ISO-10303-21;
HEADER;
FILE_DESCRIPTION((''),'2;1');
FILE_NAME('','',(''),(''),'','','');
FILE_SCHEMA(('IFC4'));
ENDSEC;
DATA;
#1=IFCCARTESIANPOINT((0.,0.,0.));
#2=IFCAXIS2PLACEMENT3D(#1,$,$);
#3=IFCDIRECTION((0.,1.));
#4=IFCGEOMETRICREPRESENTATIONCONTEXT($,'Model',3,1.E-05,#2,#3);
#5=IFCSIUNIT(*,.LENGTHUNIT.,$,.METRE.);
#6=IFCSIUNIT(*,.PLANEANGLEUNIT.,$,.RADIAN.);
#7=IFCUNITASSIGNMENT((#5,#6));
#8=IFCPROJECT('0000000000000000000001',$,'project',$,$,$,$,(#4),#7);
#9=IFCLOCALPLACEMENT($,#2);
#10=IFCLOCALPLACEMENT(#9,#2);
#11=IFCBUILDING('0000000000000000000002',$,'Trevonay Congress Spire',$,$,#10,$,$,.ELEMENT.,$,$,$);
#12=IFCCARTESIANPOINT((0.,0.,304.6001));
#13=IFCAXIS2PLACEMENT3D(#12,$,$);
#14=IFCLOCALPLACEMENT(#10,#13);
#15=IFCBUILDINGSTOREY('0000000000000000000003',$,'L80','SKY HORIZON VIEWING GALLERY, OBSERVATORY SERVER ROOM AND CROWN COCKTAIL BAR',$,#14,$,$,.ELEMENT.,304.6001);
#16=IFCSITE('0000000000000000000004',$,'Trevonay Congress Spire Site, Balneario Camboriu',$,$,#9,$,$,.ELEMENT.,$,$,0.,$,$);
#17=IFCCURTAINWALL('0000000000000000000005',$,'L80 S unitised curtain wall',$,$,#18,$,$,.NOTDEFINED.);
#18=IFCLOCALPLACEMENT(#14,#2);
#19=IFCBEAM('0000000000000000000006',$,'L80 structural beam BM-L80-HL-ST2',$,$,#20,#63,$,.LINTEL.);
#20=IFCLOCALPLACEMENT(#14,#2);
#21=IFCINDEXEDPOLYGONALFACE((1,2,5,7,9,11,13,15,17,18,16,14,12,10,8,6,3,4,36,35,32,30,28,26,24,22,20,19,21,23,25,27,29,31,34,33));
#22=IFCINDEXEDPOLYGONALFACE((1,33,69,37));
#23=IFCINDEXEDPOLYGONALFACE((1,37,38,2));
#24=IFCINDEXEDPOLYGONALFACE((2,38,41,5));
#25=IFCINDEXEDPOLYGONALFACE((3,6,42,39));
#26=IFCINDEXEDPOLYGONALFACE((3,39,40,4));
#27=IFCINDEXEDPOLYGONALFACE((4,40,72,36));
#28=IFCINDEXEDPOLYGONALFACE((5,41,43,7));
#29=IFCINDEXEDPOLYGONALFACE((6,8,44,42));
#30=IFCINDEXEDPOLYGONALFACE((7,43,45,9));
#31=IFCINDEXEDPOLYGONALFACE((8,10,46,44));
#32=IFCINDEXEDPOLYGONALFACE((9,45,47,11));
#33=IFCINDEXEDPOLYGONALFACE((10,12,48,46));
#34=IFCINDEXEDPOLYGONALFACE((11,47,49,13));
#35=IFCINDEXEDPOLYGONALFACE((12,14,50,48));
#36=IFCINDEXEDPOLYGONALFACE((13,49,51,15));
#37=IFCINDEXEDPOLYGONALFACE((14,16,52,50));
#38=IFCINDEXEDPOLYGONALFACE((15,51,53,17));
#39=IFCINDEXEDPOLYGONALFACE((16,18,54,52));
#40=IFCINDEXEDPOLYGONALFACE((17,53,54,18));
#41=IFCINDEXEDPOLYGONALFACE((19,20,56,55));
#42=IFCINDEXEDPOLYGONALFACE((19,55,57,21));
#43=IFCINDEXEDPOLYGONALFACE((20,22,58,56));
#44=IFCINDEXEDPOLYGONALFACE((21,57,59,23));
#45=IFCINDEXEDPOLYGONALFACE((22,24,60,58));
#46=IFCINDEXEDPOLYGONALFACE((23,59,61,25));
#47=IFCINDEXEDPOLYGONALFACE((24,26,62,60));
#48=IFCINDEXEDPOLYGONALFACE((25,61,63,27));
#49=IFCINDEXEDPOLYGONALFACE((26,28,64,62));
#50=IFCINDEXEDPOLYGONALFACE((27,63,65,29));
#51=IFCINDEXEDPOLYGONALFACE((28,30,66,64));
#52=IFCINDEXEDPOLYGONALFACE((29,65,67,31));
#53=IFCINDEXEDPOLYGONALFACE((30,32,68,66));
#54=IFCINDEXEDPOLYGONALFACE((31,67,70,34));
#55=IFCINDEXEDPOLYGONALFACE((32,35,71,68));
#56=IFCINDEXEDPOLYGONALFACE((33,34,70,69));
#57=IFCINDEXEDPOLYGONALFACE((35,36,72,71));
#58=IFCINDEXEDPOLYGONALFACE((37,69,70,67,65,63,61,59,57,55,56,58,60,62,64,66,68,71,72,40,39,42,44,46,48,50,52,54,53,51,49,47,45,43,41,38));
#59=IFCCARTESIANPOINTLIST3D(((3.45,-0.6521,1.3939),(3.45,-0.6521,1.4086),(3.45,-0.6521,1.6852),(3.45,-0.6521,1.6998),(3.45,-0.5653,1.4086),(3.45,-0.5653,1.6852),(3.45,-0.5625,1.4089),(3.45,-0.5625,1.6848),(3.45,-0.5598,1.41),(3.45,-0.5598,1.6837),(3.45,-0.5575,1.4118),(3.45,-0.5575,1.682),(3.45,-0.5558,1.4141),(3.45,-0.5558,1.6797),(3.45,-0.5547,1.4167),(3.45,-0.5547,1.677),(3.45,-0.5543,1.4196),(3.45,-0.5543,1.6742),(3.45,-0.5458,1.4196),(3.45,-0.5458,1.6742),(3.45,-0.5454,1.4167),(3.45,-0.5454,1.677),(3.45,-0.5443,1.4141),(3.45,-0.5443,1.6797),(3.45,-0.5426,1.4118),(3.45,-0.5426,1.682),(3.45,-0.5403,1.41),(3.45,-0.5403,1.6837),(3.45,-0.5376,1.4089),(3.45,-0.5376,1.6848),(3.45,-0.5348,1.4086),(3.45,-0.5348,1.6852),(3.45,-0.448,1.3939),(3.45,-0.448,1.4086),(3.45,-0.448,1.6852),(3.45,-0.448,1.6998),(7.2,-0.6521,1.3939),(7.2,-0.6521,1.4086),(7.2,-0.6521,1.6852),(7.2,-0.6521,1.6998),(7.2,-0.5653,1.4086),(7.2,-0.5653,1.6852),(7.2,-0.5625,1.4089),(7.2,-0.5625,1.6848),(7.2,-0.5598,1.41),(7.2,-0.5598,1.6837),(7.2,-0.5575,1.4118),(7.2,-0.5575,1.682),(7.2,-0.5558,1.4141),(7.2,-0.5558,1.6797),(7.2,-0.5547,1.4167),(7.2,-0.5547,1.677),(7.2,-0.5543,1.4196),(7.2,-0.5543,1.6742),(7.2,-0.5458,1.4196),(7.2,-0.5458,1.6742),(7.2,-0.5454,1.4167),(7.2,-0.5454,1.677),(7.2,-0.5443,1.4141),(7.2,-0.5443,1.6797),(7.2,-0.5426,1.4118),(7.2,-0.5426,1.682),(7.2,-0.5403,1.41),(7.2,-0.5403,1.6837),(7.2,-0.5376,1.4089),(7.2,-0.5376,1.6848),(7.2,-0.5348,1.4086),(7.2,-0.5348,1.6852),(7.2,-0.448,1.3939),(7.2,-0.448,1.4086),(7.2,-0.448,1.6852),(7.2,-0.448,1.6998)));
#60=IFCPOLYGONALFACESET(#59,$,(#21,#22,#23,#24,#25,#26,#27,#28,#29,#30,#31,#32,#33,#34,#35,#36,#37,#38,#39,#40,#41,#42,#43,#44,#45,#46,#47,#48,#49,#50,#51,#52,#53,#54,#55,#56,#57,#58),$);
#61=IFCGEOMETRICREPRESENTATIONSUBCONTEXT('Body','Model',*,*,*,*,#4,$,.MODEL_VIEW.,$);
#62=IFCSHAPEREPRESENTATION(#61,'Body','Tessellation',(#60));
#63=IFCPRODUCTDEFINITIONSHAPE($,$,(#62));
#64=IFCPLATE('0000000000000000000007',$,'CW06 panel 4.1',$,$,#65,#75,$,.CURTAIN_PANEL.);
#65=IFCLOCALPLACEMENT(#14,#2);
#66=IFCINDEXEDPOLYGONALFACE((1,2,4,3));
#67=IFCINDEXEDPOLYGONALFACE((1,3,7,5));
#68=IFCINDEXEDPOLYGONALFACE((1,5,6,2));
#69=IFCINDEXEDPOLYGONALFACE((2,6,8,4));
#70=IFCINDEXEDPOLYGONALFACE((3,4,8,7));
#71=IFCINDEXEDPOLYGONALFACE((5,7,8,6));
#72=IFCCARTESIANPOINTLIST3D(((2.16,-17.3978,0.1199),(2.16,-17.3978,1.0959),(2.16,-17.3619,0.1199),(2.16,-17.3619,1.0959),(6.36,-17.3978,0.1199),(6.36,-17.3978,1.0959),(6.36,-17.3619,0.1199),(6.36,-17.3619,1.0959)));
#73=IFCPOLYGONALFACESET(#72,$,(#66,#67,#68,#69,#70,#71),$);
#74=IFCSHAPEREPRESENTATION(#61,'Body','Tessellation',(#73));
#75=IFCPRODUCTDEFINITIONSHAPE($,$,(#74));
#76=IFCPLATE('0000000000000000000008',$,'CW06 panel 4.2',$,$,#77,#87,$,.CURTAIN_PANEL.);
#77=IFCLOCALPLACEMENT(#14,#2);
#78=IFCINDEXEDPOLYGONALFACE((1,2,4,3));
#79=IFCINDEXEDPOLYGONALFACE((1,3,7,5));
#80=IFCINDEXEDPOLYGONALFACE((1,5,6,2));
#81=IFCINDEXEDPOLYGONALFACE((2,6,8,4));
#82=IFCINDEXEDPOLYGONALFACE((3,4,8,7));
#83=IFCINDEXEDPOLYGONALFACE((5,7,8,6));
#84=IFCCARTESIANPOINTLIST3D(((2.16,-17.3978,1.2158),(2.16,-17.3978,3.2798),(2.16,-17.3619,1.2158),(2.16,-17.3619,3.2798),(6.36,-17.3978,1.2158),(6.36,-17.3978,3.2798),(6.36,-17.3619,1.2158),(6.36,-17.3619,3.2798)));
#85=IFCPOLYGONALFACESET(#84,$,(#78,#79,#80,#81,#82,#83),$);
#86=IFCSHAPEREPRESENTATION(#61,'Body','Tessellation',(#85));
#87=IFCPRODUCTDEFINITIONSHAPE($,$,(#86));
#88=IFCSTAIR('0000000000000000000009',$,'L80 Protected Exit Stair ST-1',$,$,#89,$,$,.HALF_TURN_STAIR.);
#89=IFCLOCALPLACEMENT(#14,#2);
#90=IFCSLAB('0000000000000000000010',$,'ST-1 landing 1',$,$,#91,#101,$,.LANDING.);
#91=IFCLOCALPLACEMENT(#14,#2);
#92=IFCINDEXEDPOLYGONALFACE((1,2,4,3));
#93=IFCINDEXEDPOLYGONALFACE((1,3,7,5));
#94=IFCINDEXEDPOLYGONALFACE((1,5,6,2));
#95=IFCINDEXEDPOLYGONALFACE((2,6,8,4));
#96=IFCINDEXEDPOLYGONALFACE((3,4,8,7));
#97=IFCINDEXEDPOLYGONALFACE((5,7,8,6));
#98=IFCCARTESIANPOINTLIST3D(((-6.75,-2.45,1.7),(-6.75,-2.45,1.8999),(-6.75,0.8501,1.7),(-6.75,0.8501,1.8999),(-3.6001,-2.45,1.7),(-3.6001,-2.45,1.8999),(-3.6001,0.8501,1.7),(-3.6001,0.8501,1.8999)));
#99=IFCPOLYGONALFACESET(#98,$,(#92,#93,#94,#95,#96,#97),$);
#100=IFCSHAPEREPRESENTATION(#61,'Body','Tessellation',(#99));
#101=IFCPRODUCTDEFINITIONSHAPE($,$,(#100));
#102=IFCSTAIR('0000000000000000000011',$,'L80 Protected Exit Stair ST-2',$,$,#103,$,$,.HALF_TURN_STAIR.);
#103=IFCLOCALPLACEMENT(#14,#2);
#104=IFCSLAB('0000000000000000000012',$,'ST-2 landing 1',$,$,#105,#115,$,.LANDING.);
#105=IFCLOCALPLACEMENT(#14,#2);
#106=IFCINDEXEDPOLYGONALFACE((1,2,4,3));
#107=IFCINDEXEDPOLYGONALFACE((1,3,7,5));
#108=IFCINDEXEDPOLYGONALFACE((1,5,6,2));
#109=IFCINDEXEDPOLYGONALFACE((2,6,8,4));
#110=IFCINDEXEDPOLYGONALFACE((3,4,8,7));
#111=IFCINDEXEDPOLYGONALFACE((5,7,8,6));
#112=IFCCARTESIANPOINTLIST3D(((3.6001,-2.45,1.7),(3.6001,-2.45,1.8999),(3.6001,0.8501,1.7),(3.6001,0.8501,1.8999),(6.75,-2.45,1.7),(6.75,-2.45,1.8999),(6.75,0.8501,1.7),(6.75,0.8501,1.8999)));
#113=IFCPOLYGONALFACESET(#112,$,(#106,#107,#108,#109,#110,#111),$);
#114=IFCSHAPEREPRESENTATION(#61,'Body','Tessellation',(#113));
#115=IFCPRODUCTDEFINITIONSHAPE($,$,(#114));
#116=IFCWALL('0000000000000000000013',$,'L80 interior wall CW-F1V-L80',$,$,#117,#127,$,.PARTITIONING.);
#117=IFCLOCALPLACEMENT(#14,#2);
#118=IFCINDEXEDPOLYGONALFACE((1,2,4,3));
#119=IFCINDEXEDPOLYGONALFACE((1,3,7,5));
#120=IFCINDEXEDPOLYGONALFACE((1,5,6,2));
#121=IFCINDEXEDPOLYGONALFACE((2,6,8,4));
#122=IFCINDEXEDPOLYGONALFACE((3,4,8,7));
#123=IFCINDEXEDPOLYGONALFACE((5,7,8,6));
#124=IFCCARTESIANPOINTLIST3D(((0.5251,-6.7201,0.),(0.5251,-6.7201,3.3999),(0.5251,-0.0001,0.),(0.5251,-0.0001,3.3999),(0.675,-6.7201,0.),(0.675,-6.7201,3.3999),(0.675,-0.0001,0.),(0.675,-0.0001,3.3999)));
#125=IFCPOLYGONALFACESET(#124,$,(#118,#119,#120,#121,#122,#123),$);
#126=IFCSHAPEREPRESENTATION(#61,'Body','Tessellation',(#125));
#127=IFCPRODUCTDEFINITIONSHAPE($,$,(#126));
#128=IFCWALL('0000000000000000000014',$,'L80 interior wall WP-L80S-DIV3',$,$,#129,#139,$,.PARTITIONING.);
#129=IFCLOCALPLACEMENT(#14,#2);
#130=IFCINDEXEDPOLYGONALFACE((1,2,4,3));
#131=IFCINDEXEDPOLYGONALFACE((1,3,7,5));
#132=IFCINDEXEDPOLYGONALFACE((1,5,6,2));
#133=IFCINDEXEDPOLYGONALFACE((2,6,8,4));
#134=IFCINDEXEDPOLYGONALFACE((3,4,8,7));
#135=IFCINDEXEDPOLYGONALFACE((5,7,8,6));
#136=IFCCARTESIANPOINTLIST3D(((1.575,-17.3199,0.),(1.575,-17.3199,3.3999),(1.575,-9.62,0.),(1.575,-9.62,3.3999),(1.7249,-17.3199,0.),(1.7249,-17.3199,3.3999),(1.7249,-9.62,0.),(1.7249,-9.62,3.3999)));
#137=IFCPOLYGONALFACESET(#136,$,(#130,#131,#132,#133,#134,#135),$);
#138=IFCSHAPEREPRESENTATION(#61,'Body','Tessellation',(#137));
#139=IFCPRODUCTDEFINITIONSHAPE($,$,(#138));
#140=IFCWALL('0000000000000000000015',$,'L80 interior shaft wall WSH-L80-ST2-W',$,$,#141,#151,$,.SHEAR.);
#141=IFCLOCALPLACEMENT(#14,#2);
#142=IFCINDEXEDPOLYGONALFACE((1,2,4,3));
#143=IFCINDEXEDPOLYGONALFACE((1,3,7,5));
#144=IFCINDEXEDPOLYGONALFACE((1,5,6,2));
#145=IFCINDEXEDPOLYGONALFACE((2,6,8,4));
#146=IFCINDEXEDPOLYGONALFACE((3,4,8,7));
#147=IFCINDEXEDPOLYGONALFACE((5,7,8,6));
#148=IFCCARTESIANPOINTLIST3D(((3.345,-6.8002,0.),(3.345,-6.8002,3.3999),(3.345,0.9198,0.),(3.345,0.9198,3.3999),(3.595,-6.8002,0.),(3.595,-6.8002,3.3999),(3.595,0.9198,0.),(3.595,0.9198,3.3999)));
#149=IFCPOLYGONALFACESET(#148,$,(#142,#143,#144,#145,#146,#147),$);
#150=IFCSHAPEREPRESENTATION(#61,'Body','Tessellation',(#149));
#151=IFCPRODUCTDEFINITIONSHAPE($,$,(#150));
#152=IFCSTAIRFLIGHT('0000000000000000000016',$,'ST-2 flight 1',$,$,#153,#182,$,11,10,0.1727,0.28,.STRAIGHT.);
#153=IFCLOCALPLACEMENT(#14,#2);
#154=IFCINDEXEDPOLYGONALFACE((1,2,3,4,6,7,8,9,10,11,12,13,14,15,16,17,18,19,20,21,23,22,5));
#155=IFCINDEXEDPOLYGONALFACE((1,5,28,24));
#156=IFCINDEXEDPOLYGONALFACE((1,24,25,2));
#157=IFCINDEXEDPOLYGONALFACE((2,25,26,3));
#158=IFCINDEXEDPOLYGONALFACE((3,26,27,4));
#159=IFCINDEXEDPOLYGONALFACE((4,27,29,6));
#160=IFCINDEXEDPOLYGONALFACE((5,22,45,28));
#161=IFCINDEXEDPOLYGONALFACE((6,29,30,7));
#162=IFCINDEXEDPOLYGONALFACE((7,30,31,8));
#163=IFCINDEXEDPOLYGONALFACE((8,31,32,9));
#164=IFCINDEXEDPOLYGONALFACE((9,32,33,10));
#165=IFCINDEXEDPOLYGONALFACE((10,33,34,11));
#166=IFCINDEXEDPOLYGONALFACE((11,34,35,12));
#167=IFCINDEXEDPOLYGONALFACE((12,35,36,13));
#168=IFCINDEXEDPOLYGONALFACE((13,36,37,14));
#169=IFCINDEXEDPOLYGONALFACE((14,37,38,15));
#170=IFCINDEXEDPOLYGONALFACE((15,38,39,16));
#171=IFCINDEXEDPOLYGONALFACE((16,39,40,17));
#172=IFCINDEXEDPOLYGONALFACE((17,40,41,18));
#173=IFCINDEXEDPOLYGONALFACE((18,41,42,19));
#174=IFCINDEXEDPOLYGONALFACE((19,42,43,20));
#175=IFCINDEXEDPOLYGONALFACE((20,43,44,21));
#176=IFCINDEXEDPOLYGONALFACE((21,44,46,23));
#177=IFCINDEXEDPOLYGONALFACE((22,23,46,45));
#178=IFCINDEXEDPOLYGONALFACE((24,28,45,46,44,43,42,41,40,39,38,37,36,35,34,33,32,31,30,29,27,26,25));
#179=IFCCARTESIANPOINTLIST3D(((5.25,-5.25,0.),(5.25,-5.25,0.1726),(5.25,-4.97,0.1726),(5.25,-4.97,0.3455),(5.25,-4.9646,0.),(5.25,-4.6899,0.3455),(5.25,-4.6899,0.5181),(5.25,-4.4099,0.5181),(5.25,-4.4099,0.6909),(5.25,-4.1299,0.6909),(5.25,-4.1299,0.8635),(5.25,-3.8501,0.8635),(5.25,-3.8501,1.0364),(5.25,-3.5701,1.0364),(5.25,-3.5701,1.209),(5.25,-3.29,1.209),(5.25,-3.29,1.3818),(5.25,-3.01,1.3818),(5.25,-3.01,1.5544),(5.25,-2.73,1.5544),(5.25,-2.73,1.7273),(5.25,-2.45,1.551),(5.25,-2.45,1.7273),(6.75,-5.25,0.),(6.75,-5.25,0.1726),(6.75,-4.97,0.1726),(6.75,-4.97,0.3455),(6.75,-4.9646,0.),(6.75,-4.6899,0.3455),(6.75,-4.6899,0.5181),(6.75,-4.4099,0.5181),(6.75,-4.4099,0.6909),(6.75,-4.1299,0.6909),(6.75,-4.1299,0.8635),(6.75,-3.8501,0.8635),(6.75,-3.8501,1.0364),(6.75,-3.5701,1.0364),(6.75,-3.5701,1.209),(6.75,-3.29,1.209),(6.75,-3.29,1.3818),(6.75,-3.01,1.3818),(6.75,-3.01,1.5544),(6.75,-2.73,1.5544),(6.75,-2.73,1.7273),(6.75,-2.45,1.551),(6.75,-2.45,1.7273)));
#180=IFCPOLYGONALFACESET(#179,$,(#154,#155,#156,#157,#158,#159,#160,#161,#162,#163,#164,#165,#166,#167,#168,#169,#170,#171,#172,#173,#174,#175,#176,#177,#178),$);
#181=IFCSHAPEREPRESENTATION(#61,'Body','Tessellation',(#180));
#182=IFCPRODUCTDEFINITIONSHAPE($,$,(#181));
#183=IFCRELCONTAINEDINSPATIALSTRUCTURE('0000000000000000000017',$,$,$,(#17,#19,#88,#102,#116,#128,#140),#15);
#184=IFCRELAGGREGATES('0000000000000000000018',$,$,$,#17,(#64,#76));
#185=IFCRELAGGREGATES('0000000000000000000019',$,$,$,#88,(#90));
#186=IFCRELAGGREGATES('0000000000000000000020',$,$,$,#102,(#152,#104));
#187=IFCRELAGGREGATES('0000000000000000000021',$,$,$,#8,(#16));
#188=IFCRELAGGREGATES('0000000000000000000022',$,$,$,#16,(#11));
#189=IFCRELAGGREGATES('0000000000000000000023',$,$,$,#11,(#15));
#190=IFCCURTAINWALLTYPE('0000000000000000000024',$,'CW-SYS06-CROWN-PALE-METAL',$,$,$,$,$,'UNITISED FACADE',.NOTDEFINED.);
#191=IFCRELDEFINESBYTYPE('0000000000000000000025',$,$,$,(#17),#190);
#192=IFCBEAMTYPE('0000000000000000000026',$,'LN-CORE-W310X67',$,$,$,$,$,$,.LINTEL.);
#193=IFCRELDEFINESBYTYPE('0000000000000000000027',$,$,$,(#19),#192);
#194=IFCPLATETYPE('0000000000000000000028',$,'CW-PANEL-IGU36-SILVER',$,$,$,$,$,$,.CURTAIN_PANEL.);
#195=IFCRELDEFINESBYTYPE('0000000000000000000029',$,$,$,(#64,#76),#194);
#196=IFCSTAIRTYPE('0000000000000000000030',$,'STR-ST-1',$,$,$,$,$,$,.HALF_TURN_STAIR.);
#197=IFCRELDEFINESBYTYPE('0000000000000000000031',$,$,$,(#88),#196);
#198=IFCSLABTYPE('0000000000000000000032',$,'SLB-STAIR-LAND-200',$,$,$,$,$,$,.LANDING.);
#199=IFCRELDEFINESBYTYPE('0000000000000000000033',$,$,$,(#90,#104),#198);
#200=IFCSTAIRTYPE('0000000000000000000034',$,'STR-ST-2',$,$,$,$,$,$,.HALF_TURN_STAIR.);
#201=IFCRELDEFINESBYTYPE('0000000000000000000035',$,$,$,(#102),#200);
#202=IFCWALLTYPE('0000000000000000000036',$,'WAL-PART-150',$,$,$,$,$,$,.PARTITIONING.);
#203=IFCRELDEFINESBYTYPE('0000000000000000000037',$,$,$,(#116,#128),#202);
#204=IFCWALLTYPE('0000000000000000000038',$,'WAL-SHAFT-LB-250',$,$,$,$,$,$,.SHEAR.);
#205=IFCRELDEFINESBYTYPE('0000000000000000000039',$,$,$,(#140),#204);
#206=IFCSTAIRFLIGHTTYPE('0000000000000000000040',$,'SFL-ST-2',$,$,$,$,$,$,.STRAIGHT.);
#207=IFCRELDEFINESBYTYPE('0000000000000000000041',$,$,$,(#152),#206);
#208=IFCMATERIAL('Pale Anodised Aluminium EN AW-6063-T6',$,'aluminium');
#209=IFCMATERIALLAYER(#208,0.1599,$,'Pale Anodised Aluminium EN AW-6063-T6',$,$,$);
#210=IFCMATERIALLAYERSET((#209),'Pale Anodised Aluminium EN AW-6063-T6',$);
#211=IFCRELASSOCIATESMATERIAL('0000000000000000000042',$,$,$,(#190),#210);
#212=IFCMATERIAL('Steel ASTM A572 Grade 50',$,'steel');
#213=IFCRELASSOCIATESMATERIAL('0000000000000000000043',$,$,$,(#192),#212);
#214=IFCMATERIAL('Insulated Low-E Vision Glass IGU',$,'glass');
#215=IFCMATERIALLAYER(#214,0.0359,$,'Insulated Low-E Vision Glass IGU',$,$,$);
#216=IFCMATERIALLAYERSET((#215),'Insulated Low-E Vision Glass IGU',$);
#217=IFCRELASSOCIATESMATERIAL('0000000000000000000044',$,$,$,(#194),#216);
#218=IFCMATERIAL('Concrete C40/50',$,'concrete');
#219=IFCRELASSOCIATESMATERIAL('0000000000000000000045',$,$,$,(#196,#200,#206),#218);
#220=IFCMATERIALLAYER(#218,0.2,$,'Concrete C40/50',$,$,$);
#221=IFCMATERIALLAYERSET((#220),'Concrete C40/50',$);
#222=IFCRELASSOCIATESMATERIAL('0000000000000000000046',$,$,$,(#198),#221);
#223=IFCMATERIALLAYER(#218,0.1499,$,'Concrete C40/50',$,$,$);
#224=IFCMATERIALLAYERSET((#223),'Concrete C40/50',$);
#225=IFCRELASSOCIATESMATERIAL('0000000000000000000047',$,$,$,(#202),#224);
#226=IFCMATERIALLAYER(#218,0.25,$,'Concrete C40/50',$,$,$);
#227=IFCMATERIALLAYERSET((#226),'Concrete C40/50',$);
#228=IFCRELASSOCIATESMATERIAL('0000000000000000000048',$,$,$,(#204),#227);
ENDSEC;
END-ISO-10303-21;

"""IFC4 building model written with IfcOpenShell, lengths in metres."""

from ifc_helpers import new_model, si_unit, direction, frame, frame_2d, origin, origin_2d, place, context, subcontext, project, spatial, polyline, rectangle, i_section, outline, extrude, material, layer, layer_set, material_profile, profile_set, type_object, element, aggregate, save


model = new_model("IFC4")

# Units and contexts
model_context = context("Model", 3, precision=1e-05, world=origin(), true_north=direction((0.0, 1.0)))
body_context = subcontext(model_context, "Body", "Model", "MODEL_VIEW")
ifc_project = project(units=[si_unit("LENGTHUNIT", "METRE"), si_unit("PLANEANGLEUNIT", "RADIAN")], contexts=[model_context])

# Site, building, storey
site_placement = place(None, origin())
site = spatial("IfcSite", under=ifc_project, at=site_placement, Name="Trevonay Congress Spire Site, Balneario Camboriu", CompositionType="ELEMENT", RefElevation=0.0)
building_placement = place(site_placement, origin())
building = spatial("IfcBuilding", under=site, at=building_placement, Name="Trevonay Congress Spire", CompositionType="ELEMENT")
storey_placement = place(building_placement, frame((0.0, 0.0, 304.6001)))
storey = spatial("IfcBuildingStorey", under=building, at=storey_placement, Name="L80", Description="SKY HORIZON VIEWING GALLERY, OBSERVATORY SERVER ROOM AND CROWN COCKTAIL BAR", CompositionType="ELEMENT", Elevation=304.6001)

# Shared definitions
ifc_material_1 = material(Name="Steel ASTM A572 Grade 50", Category="steel")

# Curtain wall
ifc_material_2 = material(Name="Pale Anodised Aluminium EN AW-6063-T6", Category="aluminium")
ifc_layer_1 = layer(ifc_material_2, 0.1599, Name="Pale Anodised Aluminium EN AW-6063-T6")
ifc_layer_set_1 = layer_set([ifc_layer_1], Name="Pale Anodised Aluminium EN AW-6063-T6")
curtain_wall_type = type_object("IfcCurtainWallType", Name="CW-SYS06-CROWN-PALE-METAL", ElementType="UNITISED FACADE", PredefinedType="NOTDEFINED", material=ifc_layer_set_1)
curtain_wall_placement = place(storey_placement, origin())
curtain_wall = element("IfcCurtainWall", 1, at=curtain_wall_placement, inside=storey, type_object=curtain_wall_type, Name="L80 S unitised curtain wall", PredefinedType="NOTDEFINED")

# Beam
ifc_material_profile_1 = material_profile(ifc_material_1, i_section(OverallWidth=0.2041, OverallDepth=0.3059, WebThickness=0.0085, FlangeThickness=0.0146, FilletRadius=0.011, at=origin_2d()), Name="W310x67")
ifc_profile_set_1 = profile_set([ifc_material_profile_1], Name="Steel ASTM A572 Grade 50")
beam_type_1 = type_object("IfcBeamType", Name="LN-CORE-W310X67", PredefinedType="LINTEL", material=ifc_profile_set_1)
beam_1_placement = place(storey_placement, frame((3.45, -0.55, 1.5469), z_axis=(1.0, 0.0, 0.0), x_axis=(0.0, 1.0, 0.0)))
element("IfcBeam", 2, at=beam_1_placement, inside=storey, type_object=beam_type_1, Name="L80 structural beam BM-L80-HL-ST2", PredefinedType="LINTEL", context=body_context, shape_type="SweptSolid", body=[
    extrude(i_section(OverallWidth=0.2041, OverallDepth=0.3059, WebThickness=0.0085, FlangeThickness=0.0146, FilletRadius=0.011, at=origin_2d()), origin(), (0.0, 0.0, 1.0), 3.75),
])

# Plates
ifc_material_3 = material(Name="Insulated Low-E Vision Glass IGU", Category="glass")
ifc_layer_2 = layer(ifc_material_3, 0.0359, Name="Insulated Low-E Vision Glass IGU")
ifc_layer_set_2 = layer_set([ifc_layer_2], Name="Insulated Low-E Vision Glass IGU")
plate_type = type_object("IfcPlateType", Name="CW-PANEL-IGU36-SILVER", PredefinedType="CURTAIN_PANEL", material=ifc_layer_set_2)
plate_1_placement = place(storey_placement, frame((4.26, -17.3799, 0.1199), z_axis=(0.0, 0.0, 1.0), x_axis=(1.0, 0.0, 0.0)))
plate_1 = element("IfcPlate", 3, at=plate_1_placement, type_object=plate_type, Name="CW06 panel 4.1", PredefinedType="CURTAIN_PANEL", context=body_context, shape_type="SweptSolid", body=[
    extrude(rectangle(XDim=4.2, YDim=0.0359, at=origin_2d()), origin(), (0.0, 0.0, 1.0), 0.9761),
])
plate_2_placement = place(storey_placement, frame((4.26, -17.3799, 1.2158), z_axis=(0.0, 0.0, 1.0), x_axis=(1.0, 0.0, 0.0)))
plate_2 = element("IfcPlate", 4, at=plate_2_placement, type_object=plate_type, Name="CW06 panel 4.2", PredefinedType="CURTAIN_PANEL", context=body_context, shape_type="SweptSolid", body=[
    extrude(rectangle(XDim=4.2, YDim=0.0359, at=origin_2d()), origin(), (0.0, 0.0, 1.0), 2.064),
])
aggregate(curtain_wall, [plate_1, plate_2])

# Stairs, slabs
ifc_material_4 = material(Name="Concrete C40/50", Category="concrete")
stair_type_1 = type_object("IfcStairType", Name="STR-ST-1", PredefinedType="HALF_TURN_STAIR", material=ifc_material_4)
stair_1_placement = place(storey_placement, origin())
stair_1 = element("IfcStair", 5, at=stair_1_placement, inside=storey, type_object=stair_type_1, Name="L80 Protected Exit Stair ST-1", PredefinedType="HALF_TURN_STAIR")
ifc_layer_3 = layer(ifc_material_4, 0.2, Name="Concrete C40/50")
ifc_layer_set_3 = layer_set([ifc_layer_3], Name="Concrete C40/50")
slab_type = type_object("IfcSlabType", Name="SLB-STAIR-LAND-200", PredefinedType="LANDING", material=ifc_layer_set_3)
slab_1_placement = place(storey_placement, frame((0.0, 0.0, 1.7)))
slab_1 = element("IfcSlab", 6, at=slab_1_placement, type_object=slab_type, Name="ST-1 landing 1", PredefinedType="LANDING", context=body_context, shape_type="SweptSolid", body=[
    extrude(outline(polyline([(-3.6001, -2.45), (-3.6001, 0.8501), (-6.75, 0.8501), (-6.75, -2.45), (-3.6001, -2.45)])), origin(), (0.0, 0.0, 1.0), 0.2),
])
aggregate(stair_1, [slab_1])
stair_type_2 = type_object("IfcStairType", Name="STR-ST-2", PredefinedType="HALF_TURN_STAIR", material=ifc_material_4)
stair_2_placement = place(storey_placement, origin())
stair_2 = element("IfcStair", 7, at=stair_2_placement, inside=storey, type_object=stair_type_2, Name="L80 Protected Exit Stair ST-2", PredefinedType="HALF_TURN_STAIR")
slab_2_placement = place(storey_placement, frame((0.0, 0.0, 1.7)))
slab_2 = element("IfcSlab", 8, at=slab_2_placement, type_object=slab_type, Name="ST-2 landing 1", PredefinedType="LANDING", context=body_context, shape_type="SweptSolid", body=[
    extrude(outline(polyline([(6.75, -2.45), (6.75, 0.8501), (3.6001, 0.8501), (3.6001, -2.45), (6.75, -2.45)])), origin(), (0.0, 0.0, 1.0), 0.2),
])

# Walls
ifc_layer_4 = layer(ifc_material_4, 0.1499, Name="Concrete C40/50")
ifc_layer_set_4 = layer_set([ifc_layer_4], Name="Concrete C40/50")
wall_type_1 = type_object("IfcWallType", Name="WAL-PART-150", PredefinedType="PARTITIONING", material=ifc_layer_set_4)
wall_1_placement = place(storey_placement, frame((0.6001, -6.72, 0.0), z_axis=(0.0, 0.0, 1.0), x_axis=(0.0, 1.0, 0.0)))
element("IfcWall", 9, at=wall_1_placement, inside=storey, type_object=wall_type_1, Name="L80 interior wall CW-F1V-L80", PredefinedType="PARTITIONING", context=body_context, shape_type="SweptSolid", body=[
    extrude(rectangle(XDim=6.72, YDim=0.1499, at=frame_2d((3.3599, 0.0))), origin(), (0.0, 0.0, 1.0), 3.3999),
])
wall_2_placement = place(storey_placement, frame((1.6499, -17.3201, 0.0), z_axis=(0.0, 0.0, 1.0), x_axis=(0.0, 1.0, 0.0)))
element("IfcWall", 10, at=wall_2_placement, inside=storey, type_object=wall_type_1, Name="L80 interior wall WP-L80S-DIV3", PredefinedType="PARTITIONING", context=body_context, shape_type="SweptSolid", body=[
    extrude(rectangle(XDim=7.7, YDim=0.1499, at=frame_2d((3.8501, 0.0))), origin(), (0.0, 0.0, 1.0), 3.3999),
])
ifc_layer_5 = layer(ifc_material_4, 0.25, Name="Concrete C40/50")
ifc_layer_set_5 = layer_set([ifc_layer_5], Name="Concrete C40/50")
wall_type_2 = type_object("IfcWallType", Name="WAL-SHAFT-LB-250", PredefinedType="SHEAR", material=ifc_layer_set_5)
wall_3_placement = place(storey_placement, frame((3.47, -6.8, 0.0), z_axis=(0.0, 0.0, 1.0), x_axis=(0.0, 1.0, 0.0)))
element("IfcWall", 11, at=wall_3_placement, inside=storey, type_object=wall_type_2, Name="L80 interior shaft wall WSH-L80-ST2-W", PredefinedType="SHEAR", context=body_context, shape_type="SweptSolid", body=[
    extrude(rectangle(XDim=7.72, YDim=0.25, at=frame_2d((3.8599, 0.0))), origin(), (0.0, 0.0, 1.0), 3.3999),
])

# Stair flight
stair_flight_type = type_object("IfcStairFlightType", Name="SFL-ST-2", PredefinedType="STRAIGHT", material=ifc_material_4)
stair_flight_1_placement = place(storey_placement, frame((6.0, -5.25, 0.0), z_axis=(0.0, 0.0, 1.0), x_axis=(0.0, 1.0, 0.0)))
stair_flight_1 = element("IfcStairFlight", 12, at=stair_flight_1_placement, type_object=stair_flight_type, Name="ST-2 flight 1", NumberOfRisers=11, NumberOfTreads=10, PredefinedType="STRAIGHT", RiserHeight=0.1727, TreadLength=0.28, context=body_context, shape_type="SweptSolid", body=[
    extrude(outline(polyline([(0.0, 0.0), (0.0, 0.1726), (0.28, 0.1726), (0.28, 0.3455), (0.5601, 0.3455), (0.5601, 0.5181), (0.8401, 0.5181), (0.8401, 0.6909), (1.1201, 0.6909), (1.1201, 0.8635), (1.3999, 0.8635), (1.3999, 1.0364), (1.6799, 1.0364), (1.6799, 1.209), (1.96, 1.209), (1.96, 1.3818), (2.24, 1.3818), (2.24, 1.5544), (2.52, 1.5544), (2.52, 1.7273), (2.8, 1.7273), (2.8, 1.8999), (2.8, 1.551), (0.2854, 0.0), (0.0, 0.0)])), frame((0.0, 0.75, 0.0), z_axis=(0.0, -1.0, 0.0), x_axis=(1.0, 0.0, 0.0)), (0.0, 0.0, 1.0), 1.5),
])
aggregate(stair_2, [stair_flight_1, slab_2])

save(model, "model.ifc")
